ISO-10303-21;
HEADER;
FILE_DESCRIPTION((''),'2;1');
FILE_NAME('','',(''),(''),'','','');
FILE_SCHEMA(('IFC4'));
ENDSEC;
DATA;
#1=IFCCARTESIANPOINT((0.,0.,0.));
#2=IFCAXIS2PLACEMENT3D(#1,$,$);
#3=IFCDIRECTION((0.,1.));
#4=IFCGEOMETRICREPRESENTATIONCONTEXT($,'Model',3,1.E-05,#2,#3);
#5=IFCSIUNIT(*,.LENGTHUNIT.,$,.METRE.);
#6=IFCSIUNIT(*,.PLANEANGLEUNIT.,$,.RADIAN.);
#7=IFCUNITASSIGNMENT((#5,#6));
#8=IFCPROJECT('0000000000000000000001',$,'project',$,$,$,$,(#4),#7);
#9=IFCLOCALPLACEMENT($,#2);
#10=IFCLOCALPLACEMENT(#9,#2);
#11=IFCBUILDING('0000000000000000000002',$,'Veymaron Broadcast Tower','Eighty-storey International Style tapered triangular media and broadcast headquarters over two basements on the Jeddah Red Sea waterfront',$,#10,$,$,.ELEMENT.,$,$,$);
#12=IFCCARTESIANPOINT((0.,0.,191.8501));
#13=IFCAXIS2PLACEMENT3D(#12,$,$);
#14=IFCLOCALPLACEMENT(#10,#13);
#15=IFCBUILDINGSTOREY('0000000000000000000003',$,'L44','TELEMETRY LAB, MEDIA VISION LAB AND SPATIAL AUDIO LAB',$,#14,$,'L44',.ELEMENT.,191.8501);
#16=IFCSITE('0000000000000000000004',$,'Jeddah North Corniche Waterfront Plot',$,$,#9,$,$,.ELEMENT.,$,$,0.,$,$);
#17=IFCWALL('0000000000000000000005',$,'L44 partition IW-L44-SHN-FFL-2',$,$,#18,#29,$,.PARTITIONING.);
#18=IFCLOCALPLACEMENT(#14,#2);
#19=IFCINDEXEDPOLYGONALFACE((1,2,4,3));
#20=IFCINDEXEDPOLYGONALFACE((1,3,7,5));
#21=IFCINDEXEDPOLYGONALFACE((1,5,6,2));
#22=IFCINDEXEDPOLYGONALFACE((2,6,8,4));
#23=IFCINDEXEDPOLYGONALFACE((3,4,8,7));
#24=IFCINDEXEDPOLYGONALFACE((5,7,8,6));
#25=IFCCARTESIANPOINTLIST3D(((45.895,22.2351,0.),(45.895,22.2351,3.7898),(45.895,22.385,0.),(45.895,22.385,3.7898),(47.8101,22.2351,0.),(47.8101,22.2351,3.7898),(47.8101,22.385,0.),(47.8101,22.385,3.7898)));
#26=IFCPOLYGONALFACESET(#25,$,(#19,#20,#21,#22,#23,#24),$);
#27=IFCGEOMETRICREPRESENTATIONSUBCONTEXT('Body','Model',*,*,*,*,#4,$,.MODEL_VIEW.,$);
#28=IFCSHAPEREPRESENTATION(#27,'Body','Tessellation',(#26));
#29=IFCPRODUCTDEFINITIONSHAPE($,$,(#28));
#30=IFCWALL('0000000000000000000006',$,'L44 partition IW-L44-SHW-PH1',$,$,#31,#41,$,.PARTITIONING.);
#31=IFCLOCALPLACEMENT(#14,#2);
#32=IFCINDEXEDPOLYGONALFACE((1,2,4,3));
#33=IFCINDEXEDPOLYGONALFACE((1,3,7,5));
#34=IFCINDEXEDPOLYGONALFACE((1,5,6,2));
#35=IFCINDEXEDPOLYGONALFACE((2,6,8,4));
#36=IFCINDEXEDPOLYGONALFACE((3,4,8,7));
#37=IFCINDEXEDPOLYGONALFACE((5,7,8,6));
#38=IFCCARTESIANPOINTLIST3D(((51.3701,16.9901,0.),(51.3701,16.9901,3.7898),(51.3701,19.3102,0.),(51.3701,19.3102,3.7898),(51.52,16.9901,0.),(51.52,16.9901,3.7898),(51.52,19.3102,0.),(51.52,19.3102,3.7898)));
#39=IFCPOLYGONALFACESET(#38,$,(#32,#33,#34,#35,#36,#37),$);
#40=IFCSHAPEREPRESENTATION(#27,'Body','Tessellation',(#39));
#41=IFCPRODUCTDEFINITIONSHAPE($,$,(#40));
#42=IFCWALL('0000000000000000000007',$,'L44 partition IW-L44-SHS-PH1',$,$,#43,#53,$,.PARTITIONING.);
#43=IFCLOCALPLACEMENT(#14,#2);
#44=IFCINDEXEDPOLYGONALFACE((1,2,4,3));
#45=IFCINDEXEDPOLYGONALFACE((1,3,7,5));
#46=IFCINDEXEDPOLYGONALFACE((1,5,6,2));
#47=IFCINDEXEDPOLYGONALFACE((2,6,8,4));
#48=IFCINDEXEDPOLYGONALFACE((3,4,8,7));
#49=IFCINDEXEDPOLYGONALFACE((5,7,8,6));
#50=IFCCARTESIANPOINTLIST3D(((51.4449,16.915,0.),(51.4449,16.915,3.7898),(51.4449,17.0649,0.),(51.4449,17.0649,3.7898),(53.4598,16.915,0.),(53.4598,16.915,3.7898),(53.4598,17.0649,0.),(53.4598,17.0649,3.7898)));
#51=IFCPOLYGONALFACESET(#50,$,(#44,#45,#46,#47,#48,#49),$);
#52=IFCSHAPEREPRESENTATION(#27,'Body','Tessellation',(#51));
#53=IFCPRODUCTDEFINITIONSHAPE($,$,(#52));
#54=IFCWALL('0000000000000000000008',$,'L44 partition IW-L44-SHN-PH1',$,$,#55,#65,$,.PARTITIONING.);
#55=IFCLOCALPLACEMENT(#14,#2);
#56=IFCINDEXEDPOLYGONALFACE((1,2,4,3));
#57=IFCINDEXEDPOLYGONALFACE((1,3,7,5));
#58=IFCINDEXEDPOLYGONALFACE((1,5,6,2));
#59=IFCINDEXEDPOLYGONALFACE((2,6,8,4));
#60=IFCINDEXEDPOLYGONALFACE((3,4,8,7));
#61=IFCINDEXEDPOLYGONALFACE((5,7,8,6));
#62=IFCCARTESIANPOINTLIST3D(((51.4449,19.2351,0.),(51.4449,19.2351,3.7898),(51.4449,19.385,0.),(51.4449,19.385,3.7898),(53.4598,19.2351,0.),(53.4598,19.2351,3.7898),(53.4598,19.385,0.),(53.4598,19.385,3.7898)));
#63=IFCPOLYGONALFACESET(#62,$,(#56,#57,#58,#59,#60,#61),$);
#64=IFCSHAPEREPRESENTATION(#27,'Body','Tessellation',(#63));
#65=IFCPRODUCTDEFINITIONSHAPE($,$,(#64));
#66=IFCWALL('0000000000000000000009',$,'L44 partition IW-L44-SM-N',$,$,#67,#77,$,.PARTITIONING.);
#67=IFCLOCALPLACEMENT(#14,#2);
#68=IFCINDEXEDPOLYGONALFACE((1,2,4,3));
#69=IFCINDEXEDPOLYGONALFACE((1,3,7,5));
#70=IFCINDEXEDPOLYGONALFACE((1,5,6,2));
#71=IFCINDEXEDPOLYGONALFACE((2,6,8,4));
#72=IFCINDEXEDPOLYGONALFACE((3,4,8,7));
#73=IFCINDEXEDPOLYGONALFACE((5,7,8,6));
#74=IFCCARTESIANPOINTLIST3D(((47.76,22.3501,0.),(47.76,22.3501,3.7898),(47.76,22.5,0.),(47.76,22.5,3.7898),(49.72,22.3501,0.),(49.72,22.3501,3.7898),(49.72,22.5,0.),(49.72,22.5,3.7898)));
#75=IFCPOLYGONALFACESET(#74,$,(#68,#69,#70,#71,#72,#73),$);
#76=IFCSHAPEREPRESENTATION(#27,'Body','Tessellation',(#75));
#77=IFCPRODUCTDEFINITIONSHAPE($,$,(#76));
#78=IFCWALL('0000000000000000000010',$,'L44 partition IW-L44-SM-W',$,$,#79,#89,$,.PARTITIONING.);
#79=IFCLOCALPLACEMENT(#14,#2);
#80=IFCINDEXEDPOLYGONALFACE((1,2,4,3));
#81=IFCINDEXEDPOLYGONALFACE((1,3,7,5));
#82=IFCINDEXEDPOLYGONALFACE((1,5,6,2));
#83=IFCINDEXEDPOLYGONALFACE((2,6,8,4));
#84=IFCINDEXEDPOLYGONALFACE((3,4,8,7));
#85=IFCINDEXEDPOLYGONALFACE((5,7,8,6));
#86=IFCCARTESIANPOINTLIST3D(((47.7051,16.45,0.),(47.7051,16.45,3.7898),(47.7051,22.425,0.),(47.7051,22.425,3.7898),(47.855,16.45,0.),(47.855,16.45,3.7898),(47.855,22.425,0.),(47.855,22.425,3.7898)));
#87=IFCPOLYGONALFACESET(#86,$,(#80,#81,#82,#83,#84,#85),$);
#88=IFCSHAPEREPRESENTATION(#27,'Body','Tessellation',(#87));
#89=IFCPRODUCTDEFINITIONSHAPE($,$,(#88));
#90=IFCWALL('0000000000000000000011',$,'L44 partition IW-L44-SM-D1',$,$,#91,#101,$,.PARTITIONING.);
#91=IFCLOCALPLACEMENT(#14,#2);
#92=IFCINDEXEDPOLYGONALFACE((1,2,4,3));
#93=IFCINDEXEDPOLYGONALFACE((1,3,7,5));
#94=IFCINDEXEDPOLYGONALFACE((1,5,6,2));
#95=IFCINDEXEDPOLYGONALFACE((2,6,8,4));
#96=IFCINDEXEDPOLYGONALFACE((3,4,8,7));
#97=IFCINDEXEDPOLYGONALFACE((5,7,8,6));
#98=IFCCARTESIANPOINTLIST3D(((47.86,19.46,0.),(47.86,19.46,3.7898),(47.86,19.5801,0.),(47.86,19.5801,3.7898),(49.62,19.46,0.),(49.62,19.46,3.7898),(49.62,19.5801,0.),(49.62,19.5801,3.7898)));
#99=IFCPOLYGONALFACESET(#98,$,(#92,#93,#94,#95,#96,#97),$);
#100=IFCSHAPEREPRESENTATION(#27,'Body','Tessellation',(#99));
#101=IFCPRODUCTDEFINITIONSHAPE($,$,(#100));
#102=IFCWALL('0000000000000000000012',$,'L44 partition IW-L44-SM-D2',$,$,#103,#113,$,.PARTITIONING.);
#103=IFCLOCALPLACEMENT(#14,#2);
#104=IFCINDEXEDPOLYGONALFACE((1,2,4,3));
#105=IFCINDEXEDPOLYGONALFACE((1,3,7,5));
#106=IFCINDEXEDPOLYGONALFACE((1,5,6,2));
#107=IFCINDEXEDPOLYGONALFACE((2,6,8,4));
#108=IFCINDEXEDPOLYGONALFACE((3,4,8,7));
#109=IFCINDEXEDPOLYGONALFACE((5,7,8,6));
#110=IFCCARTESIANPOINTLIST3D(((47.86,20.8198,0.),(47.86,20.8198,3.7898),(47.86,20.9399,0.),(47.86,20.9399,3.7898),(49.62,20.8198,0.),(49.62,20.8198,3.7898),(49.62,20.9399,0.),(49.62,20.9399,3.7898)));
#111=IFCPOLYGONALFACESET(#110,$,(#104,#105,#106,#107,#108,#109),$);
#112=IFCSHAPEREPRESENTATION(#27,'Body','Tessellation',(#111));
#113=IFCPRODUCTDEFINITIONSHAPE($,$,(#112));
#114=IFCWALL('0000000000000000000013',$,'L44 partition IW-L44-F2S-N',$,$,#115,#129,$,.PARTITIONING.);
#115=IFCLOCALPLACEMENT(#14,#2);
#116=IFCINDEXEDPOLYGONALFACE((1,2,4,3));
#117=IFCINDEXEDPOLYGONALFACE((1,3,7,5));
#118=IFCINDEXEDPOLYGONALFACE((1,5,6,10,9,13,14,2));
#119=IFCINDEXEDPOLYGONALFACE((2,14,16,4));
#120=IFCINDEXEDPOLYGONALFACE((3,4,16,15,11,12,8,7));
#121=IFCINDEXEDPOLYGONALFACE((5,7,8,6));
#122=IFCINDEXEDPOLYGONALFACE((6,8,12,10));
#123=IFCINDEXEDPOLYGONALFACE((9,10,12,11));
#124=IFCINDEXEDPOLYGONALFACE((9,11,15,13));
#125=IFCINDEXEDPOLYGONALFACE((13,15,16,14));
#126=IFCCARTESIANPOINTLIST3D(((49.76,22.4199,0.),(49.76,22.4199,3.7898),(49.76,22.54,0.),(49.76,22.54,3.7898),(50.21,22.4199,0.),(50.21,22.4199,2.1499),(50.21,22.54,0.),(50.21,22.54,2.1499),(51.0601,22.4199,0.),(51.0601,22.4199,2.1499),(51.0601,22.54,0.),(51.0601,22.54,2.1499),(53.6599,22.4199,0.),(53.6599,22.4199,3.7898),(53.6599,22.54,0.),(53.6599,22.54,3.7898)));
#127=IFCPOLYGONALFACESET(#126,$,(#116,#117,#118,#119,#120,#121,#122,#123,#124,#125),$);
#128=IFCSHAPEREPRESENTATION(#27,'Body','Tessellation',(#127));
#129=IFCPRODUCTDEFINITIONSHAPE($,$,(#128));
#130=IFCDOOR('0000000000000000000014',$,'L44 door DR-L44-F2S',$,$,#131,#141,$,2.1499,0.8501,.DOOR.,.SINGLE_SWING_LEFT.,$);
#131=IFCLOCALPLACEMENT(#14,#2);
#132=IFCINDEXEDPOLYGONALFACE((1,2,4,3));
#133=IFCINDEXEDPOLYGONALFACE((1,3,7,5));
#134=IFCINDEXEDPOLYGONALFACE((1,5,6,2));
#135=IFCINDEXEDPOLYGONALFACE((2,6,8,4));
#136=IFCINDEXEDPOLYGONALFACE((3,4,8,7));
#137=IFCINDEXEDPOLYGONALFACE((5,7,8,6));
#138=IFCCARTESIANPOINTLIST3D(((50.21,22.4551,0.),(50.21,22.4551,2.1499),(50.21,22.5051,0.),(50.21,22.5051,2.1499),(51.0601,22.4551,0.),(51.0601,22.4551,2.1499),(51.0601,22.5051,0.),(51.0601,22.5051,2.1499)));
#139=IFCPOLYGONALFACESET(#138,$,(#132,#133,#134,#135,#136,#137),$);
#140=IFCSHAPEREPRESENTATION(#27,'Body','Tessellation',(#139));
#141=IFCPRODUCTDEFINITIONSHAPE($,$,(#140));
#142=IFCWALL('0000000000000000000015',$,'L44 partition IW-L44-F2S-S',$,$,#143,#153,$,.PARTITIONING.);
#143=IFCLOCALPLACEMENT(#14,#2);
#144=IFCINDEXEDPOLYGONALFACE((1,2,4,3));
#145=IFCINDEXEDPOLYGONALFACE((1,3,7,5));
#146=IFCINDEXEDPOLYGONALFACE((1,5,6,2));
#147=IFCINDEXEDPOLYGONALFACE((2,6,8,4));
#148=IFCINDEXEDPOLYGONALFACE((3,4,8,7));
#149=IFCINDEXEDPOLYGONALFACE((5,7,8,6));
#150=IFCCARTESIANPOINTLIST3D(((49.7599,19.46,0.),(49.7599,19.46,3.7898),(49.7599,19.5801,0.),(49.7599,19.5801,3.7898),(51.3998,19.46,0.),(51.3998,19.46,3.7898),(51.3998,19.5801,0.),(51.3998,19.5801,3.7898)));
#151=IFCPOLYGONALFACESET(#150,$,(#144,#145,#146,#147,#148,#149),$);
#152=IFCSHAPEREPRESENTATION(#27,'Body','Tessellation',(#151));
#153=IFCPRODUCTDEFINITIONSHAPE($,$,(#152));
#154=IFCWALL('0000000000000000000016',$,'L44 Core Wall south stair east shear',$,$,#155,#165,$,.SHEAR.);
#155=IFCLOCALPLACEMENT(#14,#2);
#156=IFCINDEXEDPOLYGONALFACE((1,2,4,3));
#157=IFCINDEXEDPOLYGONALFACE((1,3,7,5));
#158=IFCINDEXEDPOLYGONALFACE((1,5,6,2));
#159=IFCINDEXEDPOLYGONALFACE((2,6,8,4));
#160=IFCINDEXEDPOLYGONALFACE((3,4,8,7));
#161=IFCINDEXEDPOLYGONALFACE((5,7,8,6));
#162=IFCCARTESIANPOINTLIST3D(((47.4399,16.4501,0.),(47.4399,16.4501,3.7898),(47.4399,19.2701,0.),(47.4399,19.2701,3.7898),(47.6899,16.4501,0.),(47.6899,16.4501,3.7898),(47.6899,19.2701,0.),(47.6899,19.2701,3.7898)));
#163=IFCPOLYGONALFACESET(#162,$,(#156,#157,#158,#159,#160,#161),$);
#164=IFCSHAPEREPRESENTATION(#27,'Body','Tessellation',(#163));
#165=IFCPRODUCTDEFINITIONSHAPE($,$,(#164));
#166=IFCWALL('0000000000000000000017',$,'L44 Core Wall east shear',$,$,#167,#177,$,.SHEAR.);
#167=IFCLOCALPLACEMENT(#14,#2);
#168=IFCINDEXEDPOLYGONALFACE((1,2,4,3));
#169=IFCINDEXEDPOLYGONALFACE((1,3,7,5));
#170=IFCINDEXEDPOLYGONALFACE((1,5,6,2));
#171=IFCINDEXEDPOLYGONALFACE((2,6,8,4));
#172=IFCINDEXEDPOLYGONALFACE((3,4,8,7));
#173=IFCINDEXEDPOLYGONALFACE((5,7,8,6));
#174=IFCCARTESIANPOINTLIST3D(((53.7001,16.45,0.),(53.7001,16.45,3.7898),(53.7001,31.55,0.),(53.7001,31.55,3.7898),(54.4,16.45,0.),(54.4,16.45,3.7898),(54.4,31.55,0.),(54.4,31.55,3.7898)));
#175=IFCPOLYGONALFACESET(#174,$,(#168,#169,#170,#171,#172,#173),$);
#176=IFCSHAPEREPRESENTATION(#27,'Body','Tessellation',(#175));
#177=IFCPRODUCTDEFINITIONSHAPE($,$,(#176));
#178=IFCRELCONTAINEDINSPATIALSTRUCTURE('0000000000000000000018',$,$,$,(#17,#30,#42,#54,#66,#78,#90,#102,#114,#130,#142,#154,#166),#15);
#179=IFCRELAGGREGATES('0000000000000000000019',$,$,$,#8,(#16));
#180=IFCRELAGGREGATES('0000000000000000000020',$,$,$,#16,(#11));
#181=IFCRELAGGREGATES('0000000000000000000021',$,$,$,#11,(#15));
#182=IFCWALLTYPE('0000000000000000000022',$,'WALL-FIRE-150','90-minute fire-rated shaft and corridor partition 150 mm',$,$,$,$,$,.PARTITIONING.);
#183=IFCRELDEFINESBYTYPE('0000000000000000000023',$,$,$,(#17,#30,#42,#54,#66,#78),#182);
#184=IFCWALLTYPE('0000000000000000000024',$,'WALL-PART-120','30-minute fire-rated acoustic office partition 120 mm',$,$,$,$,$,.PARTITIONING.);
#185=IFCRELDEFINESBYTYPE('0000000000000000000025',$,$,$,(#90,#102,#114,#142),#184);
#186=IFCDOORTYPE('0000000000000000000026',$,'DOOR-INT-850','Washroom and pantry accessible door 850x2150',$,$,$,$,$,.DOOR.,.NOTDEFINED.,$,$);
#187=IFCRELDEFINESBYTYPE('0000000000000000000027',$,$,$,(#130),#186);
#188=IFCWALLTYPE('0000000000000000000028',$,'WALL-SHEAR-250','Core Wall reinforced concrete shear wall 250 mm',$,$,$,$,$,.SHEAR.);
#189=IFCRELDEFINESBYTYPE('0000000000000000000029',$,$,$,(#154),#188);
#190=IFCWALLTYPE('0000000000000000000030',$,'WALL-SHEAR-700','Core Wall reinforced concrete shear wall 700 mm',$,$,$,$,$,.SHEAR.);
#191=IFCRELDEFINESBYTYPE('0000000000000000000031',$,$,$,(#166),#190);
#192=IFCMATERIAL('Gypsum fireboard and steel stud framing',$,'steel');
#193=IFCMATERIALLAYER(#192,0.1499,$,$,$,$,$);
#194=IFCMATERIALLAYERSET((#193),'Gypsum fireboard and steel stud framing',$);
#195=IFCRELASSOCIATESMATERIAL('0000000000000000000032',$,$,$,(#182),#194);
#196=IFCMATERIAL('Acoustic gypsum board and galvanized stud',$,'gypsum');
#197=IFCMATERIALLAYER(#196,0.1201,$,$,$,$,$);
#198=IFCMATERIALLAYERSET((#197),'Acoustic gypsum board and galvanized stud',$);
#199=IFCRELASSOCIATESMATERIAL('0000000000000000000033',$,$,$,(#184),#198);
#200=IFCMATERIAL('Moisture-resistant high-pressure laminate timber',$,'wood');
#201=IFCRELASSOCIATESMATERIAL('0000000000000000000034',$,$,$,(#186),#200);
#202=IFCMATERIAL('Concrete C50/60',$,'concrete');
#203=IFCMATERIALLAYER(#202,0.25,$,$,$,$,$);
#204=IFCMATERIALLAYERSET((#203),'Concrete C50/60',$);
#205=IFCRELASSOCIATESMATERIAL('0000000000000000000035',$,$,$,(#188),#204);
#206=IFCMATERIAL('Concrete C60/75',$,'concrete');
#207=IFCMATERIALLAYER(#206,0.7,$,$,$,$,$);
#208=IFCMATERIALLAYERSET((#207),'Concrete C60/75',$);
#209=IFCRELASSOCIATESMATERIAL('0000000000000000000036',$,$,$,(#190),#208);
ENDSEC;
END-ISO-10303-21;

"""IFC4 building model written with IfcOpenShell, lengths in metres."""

from ifc_helpers import new_model, si_unit, direction, frame, frame_2d, origin, place, context, subcontext, project, spatial, rectangle, extrude, material, layer, layer_set, type_object, element, fill, save


model = new_model("IFC4")

# Units and contexts
model_context = context("Model", 3, precision=1e-05, world=origin(), true_north=direction((0.0, 1.0)))
body_context = subcontext(model_context, "Body", "Model", "MODEL_VIEW")
ifc_project = project(units=[si_unit("LENGTHUNIT", "METRE"), si_unit("PLANEANGLEUNIT", "RADIAN")], contexts=[model_context])

# Site, building, storey
site_placement = place(None, origin())
site = spatial("IfcSite", under=ifc_project, at=site_placement, Name="Jeddah North Corniche Waterfront Plot", CompositionType="ELEMENT", RefElevation=0.0)
building_placement = place(site_placement, origin())
building = spatial("IfcBuilding", under=site, at=building_placement, Name="Veymaron Broadcast Tower", Description="Eighty-storey International Style tapered triangular media and broadcast headquarters over two basements on the Jeddah Red Sea waterfront", CompositionType="ELEMENT")
storey_placement = place(building_placement, frame((0.0, 0.0, 191.8501)))
storey = spatial("IfcBuildingStorey", under=building, at=storey_placement, Name="L44", Description="TELEMETRY LAB, MEDIA VISION LAB AND SPATIAL AUDIO LAB", LongName="L44", CompositionType="ELEMENT", Elevation=191.8501)

# Walls
ifc_material_1 = material(Name="Gypsum fireboard and steel stud framing", Category="steel")
ifc_layer_1 = layer(ifc_material_1, 0.1499)
ifc_layer_set_1 = layer_set([ifc_layer_1], Name="Gypsum fireboard and steel stud framing")
wall_type_1 = type_object("IfcWallType", Name="WALL-FIRE-150", Description="90-minute fire-rated shaft and corridor partition 150 mm", PredefinedType="PARTITIONING", material=ifc_layer_set_1)
wall_1_placement = place(storey_placement, frame((45.895, 22.3101, 0.0), z_axis=(0.0, 0.0, 1.0), x_axis=(1.0, 0.0, 0.0)))
element("IfcWall", 1, at=wall_1_placement, inside=storey, type_object=wall_type_1, Name="L44 partition IW-L44-SHN-FFL-2", PredefinedType="PARTITIONING", context=body_context, shape_type="SweptSolid", body=[
    extrude(rectangle(XDim=1.915, YDim=0.1499, at=frame_2d((0.9575, 0.0))), origin(), (0.0, 0.0, 1.0), 3.7898),
])
wall_2_placement = place(storey_placement, frame((51.4451, 16.99, 0.0), z_axis=(0.0, 0.0, 1.0), x_axis=(0.0, 1.0, 0.0)))
element("IfcWall", 2, at=wall_2_placement, inside=storey, type_object=wall_type_1, Name="L44 partition IW-L44-SHW-PH1", PredefinedType="PARTITIONING", context=body_context, shape_type="SweptSolid", body=[
    extrude(rectangle(XDim=2.3201, YDim=0.1499, at=frame_2d((1.1602, 0.0))), origin(), (0.0, 0.0, 1.0), 3.7898),
])
for number, where, z_axis, x_axis, name in (
    (3, (51.4451, 16.99, 0.0), (0.0, 0.0, 1.0), (1.0, 0.0, 0.0), "L44 partition IW-L44-SHS-PH1"),
    (4, (51.4451, 19.3101, 0.0), (0.0, 0.0, 1.0), (1.0, 0.0, 0.0), "L44 partition IW-L44-SHN-PH1"),
):
    element("IfcWall", number, at=place(storey_placement, frame(where, z_axis=z_axis, x_axis=x_axis)), inside=storey, type_object=wall_type_1, Name=name, PredefinedType="PARTITIONING", context=body_context, shape_type="SweptSolid", body=[
        extrude(rectangle(XDim=2.0149, YDim=0.1499, at=frame_2d((1.0073, 0.0))), origin(), (0.0, 0.0, 1.0), 3.7898),
    ])

# Walls
wall_3_placement = place(storey_placement, frame((47.76, 22.425, 0.0), z_axis=(0.0, 0.0, 1.0), x_axis=(1.0, 0.0, 0.0)))
element("IfcWall", 5, at=wall_3_placement, inside=storey, type_object=wall_type_1, Name="L44 partition IW-L44-SM-N", PredefinedType="PARTITIONING", context=body_context, shape_type="SweptSolid", body=[
    extrude(rectangle(XDim=1.96, YDim=0.1499, at=frame_2d((0.98, 0.0))), origin(), (0.0, 0.0, 1.0), 3.7898),
])
wall_4_placement = place(storey_placement, frame((47.78, 16.45, 0.0), z_axis=(0.0, 0.0, 1.0), x_axis=(0.0, 1.0, 0.0)))
element("IfcWall", 6, at=wall_4_placement, inside=storey, type_object=wall_type_1, Name="L44 partition IW-L44-SM-W", PredefinedType="PARTITIONING", context=body_context, shape_type="SweptSolid", body=[
    extrude(rectangle(XDim=5.9751, YDim=0.1499, at=frame_2d((2.9875, 0.0))), origin(), (0.0, 0.0, 1.0), 3.7898),
])
ifc_material_2 = material(Name="Acoustic gypsum board and galvanized stud", Category="gypsum")
ifc_layer_2 = layer(ifc_material_2, 0.1201)
ifc_layer_set_2 = layer_set([ifc_layer_2], Name="Acoustic gypsum board and galvanized stud")
wall_type_2 = type_object("IfcWallType", Name="WALL-PART-120", Description="30-minute fire-rated acoustic office partition 120 mm", PredefinedType="PARTITIONING", material=ifc_layer_set_2)
for number, where, z_axis, x_axis, name in (
    (7, (47.8601, 19.52, 0.0), (0.0, 0.0, 1.0), (1.0, 0.0, 0.0), "L44 partition IW-L44-SM-D1"),
    (8, (47.8601, 20.8799, 0.0), (0.0, 0.0, 1.0), (1.0, 0.0, 0.0), "L44 partition IW-L44-SM-D2"),
):
    element("IfcWall", number, at=place(storey_placement, frame(where, z_axis=z_axis, x_axis=x_axis)), inside=storey, type_object=wall_type_2, Name=name, PredefinedType="PARTITIONING", context=body_context, shape_type="SweptSolid", body=[
        extrude(rectangle(XDim=1.76, YDim=0.1201, at=frame_2d((0.8799, 0.0))), origin(), (0.0, 0.0, 1.0), 3.7898),
    ])

# Shared definitions
ifc_material_3 = material(Name="Moisture-resistant high-pressure laminate timber", Category="wood")
door_type_1 = type_object("IfcDoorType", Name="DOOR-INT-850", Description="Washroom and pantry accessible door 850x2150", OperationType="NOTDEFINED", PredefinedType="DOOR", material=ifc_material_3)

# Wall, opening, door
wall_5_placement = place(storey_placement, frame((49.76, 22.48, 0.0), z_axis=(0.0, 0.0, 1.0), x_axis=(1.0, 0.0, 0.0)))
wall_5 = element("IfcWall", 9, at=wall_5_placement, inside=storey, type_object=wall_type_2, Name="L44 partition IW-L44-F2S-N", PredefinedType="PARTITIONING", context=body_context, shape_type="SweptSolid", body=[
    extrude(rectangle(XDim=3.8999, YDim=0.1201, at=frame_2d((1.95, 0.0))), origin(), (0.0, 0.0, 1.0), 3.7898),
])
opening_1_placement = place(wall_5_placement, frame((0.45, 0.0, 0.0)))
opening_1 = element("IfcOpeningElement", 10, at=opening_1_placement, cuts=wall_5, PredefinedType="OPENING", context=body_context, shape_type="SweptSolid", body=[
    extrude(rectangle(XDim=0.8501, YDim=2.1499, at=frame_2d((0.425, 1.075))), frame((0.0, 0.0701, 0.0), z_axis=(0.0, -1.0, 0.0), x_axis=(1.0, 0.0, 0.0)), (0.0, 0.0, 1.0), 0.1401),
])
door_1_placement = place(opening_1_placement, frame((0.8501, 0.0, 0.0), z_axis=(0.0, 0.0, 1.0), x_axis=(-1.0, 0.0, 0.0)))
door_1 = element("IfcDoor", 11, at=door_1_placement, inside=storey, type_object=door_type_1, Name="L44 door DR-L44-F2S", OperationType="SINGLE_SWING_LEFT", OverallHeight=2.1499, OverallWidth=0.8501, PredefinedType="DOOR", context=body_context, shape_type="SweptSolid", body=[
    extrude(rectangle(XDim=0.8501, YDim=2.1499, at=frame_2d((0.425, 1.075))), frame((0.0, 0.0249, 0.0), z_axis=(0.0, -1.0, 0.0), x_axis=(1.0, 0.0, 0.0)), (0.0, 0.0, 1.0), 0.05),
])
fill(opening_1, door_1)

# Walls
wall_6_placement = place(storey_placement, frame((49.76, 19.52, 0.0), z_axis=(0.0, 0.0, 1.0), x_axis=(1.0, 0.0, 0.0)))
element("IfcWall", 12, at=wall_6_placement, inside=storey, type_object=wall_type_2, Name="L44 partition IW-L44-F2S-S", PredefinedType="PARTITIONING", context=body_context, shape_type="SweptSolid", body=[
    extrude(rectangle(XDim=1.6399, YDim=0.1201, at=frame_2d((0.8198, 0.0))), origin(), (0.0, 0.0, 1.0), 3.7898),
])
ifc_material_4 = material(Name="Concrete C50/60", Category="concrete")
ifc_layer_3 = layer(ifc_material_4, 0.25)
ifc_layer_set_3 = layer_set([ifc_layer_3], Name="Concrete C50/60")
wall_type_3 = type_object("IfcWallType", Name="WALL-SHEAR-250", Description="Core Wall reinforced concrete shear wall 250 mm", PredefinedType="SHEAR", material=ifc_layer_set_3)
wall_7_placement = place(storey_placement, frame((47.5649, 16.45, 0.0), z_axis=(0.0, 0.0, 1.0), x_axis=(0.0, 1.0, 0.0)))
element("IfcWall", 13, at=wall_7_placement, inside=storey, type_object=wall_type_3, Name="L44 Core Wall south stair east shear", PredefinedType="SHEAR", context=body_context, shape_type="SweptSolid", body=[
    extrude(rectangle(XDim=2.8201, YDim=0.25, at=frame_2d((1.4102, 0.0))), origin(), (0.0, 0.0, 1.0), 3.7898),
])
ifc_material_5 = material(Name="Concrete C60/75", Category="concrete")
ifc_layer_4 = layer(ifc_material_5, 0.7)
ifc_layer_set_4 = layer_set([ifc_layer_4], Name="Concrete C60/75")
wall_type_4 = type_object("IfcWallType", Name="WALL-SHEAR-700", Description="Core Wall reinforced concrete shear wall 700 mm", PredefinedType="SHEAR", material=ifc_layer_set_4)
wall_8_placement = place(storey_placement, frame((54.05, 16.45, 0.0), z_axis=(0.0, 0.0, 1.0), x_axis=(0.0, 1.0, 0.0)))
element("IfcWall", 14, at=wall_8_placement, inside=storey, type_object=wall_type_4, Name="L44 Core Wall east shear", PredefinedType="SHEAR", context=body_context, shape_type="SweptSolid", body=[
    extrude(rectangle(XDim=15.1001, YDim=0.7, at=frame_2d((7.55, 0.0))), origin(), (0.0, 0.0, 1.0), 3.7898),
])

save(model, "model.ifc")
